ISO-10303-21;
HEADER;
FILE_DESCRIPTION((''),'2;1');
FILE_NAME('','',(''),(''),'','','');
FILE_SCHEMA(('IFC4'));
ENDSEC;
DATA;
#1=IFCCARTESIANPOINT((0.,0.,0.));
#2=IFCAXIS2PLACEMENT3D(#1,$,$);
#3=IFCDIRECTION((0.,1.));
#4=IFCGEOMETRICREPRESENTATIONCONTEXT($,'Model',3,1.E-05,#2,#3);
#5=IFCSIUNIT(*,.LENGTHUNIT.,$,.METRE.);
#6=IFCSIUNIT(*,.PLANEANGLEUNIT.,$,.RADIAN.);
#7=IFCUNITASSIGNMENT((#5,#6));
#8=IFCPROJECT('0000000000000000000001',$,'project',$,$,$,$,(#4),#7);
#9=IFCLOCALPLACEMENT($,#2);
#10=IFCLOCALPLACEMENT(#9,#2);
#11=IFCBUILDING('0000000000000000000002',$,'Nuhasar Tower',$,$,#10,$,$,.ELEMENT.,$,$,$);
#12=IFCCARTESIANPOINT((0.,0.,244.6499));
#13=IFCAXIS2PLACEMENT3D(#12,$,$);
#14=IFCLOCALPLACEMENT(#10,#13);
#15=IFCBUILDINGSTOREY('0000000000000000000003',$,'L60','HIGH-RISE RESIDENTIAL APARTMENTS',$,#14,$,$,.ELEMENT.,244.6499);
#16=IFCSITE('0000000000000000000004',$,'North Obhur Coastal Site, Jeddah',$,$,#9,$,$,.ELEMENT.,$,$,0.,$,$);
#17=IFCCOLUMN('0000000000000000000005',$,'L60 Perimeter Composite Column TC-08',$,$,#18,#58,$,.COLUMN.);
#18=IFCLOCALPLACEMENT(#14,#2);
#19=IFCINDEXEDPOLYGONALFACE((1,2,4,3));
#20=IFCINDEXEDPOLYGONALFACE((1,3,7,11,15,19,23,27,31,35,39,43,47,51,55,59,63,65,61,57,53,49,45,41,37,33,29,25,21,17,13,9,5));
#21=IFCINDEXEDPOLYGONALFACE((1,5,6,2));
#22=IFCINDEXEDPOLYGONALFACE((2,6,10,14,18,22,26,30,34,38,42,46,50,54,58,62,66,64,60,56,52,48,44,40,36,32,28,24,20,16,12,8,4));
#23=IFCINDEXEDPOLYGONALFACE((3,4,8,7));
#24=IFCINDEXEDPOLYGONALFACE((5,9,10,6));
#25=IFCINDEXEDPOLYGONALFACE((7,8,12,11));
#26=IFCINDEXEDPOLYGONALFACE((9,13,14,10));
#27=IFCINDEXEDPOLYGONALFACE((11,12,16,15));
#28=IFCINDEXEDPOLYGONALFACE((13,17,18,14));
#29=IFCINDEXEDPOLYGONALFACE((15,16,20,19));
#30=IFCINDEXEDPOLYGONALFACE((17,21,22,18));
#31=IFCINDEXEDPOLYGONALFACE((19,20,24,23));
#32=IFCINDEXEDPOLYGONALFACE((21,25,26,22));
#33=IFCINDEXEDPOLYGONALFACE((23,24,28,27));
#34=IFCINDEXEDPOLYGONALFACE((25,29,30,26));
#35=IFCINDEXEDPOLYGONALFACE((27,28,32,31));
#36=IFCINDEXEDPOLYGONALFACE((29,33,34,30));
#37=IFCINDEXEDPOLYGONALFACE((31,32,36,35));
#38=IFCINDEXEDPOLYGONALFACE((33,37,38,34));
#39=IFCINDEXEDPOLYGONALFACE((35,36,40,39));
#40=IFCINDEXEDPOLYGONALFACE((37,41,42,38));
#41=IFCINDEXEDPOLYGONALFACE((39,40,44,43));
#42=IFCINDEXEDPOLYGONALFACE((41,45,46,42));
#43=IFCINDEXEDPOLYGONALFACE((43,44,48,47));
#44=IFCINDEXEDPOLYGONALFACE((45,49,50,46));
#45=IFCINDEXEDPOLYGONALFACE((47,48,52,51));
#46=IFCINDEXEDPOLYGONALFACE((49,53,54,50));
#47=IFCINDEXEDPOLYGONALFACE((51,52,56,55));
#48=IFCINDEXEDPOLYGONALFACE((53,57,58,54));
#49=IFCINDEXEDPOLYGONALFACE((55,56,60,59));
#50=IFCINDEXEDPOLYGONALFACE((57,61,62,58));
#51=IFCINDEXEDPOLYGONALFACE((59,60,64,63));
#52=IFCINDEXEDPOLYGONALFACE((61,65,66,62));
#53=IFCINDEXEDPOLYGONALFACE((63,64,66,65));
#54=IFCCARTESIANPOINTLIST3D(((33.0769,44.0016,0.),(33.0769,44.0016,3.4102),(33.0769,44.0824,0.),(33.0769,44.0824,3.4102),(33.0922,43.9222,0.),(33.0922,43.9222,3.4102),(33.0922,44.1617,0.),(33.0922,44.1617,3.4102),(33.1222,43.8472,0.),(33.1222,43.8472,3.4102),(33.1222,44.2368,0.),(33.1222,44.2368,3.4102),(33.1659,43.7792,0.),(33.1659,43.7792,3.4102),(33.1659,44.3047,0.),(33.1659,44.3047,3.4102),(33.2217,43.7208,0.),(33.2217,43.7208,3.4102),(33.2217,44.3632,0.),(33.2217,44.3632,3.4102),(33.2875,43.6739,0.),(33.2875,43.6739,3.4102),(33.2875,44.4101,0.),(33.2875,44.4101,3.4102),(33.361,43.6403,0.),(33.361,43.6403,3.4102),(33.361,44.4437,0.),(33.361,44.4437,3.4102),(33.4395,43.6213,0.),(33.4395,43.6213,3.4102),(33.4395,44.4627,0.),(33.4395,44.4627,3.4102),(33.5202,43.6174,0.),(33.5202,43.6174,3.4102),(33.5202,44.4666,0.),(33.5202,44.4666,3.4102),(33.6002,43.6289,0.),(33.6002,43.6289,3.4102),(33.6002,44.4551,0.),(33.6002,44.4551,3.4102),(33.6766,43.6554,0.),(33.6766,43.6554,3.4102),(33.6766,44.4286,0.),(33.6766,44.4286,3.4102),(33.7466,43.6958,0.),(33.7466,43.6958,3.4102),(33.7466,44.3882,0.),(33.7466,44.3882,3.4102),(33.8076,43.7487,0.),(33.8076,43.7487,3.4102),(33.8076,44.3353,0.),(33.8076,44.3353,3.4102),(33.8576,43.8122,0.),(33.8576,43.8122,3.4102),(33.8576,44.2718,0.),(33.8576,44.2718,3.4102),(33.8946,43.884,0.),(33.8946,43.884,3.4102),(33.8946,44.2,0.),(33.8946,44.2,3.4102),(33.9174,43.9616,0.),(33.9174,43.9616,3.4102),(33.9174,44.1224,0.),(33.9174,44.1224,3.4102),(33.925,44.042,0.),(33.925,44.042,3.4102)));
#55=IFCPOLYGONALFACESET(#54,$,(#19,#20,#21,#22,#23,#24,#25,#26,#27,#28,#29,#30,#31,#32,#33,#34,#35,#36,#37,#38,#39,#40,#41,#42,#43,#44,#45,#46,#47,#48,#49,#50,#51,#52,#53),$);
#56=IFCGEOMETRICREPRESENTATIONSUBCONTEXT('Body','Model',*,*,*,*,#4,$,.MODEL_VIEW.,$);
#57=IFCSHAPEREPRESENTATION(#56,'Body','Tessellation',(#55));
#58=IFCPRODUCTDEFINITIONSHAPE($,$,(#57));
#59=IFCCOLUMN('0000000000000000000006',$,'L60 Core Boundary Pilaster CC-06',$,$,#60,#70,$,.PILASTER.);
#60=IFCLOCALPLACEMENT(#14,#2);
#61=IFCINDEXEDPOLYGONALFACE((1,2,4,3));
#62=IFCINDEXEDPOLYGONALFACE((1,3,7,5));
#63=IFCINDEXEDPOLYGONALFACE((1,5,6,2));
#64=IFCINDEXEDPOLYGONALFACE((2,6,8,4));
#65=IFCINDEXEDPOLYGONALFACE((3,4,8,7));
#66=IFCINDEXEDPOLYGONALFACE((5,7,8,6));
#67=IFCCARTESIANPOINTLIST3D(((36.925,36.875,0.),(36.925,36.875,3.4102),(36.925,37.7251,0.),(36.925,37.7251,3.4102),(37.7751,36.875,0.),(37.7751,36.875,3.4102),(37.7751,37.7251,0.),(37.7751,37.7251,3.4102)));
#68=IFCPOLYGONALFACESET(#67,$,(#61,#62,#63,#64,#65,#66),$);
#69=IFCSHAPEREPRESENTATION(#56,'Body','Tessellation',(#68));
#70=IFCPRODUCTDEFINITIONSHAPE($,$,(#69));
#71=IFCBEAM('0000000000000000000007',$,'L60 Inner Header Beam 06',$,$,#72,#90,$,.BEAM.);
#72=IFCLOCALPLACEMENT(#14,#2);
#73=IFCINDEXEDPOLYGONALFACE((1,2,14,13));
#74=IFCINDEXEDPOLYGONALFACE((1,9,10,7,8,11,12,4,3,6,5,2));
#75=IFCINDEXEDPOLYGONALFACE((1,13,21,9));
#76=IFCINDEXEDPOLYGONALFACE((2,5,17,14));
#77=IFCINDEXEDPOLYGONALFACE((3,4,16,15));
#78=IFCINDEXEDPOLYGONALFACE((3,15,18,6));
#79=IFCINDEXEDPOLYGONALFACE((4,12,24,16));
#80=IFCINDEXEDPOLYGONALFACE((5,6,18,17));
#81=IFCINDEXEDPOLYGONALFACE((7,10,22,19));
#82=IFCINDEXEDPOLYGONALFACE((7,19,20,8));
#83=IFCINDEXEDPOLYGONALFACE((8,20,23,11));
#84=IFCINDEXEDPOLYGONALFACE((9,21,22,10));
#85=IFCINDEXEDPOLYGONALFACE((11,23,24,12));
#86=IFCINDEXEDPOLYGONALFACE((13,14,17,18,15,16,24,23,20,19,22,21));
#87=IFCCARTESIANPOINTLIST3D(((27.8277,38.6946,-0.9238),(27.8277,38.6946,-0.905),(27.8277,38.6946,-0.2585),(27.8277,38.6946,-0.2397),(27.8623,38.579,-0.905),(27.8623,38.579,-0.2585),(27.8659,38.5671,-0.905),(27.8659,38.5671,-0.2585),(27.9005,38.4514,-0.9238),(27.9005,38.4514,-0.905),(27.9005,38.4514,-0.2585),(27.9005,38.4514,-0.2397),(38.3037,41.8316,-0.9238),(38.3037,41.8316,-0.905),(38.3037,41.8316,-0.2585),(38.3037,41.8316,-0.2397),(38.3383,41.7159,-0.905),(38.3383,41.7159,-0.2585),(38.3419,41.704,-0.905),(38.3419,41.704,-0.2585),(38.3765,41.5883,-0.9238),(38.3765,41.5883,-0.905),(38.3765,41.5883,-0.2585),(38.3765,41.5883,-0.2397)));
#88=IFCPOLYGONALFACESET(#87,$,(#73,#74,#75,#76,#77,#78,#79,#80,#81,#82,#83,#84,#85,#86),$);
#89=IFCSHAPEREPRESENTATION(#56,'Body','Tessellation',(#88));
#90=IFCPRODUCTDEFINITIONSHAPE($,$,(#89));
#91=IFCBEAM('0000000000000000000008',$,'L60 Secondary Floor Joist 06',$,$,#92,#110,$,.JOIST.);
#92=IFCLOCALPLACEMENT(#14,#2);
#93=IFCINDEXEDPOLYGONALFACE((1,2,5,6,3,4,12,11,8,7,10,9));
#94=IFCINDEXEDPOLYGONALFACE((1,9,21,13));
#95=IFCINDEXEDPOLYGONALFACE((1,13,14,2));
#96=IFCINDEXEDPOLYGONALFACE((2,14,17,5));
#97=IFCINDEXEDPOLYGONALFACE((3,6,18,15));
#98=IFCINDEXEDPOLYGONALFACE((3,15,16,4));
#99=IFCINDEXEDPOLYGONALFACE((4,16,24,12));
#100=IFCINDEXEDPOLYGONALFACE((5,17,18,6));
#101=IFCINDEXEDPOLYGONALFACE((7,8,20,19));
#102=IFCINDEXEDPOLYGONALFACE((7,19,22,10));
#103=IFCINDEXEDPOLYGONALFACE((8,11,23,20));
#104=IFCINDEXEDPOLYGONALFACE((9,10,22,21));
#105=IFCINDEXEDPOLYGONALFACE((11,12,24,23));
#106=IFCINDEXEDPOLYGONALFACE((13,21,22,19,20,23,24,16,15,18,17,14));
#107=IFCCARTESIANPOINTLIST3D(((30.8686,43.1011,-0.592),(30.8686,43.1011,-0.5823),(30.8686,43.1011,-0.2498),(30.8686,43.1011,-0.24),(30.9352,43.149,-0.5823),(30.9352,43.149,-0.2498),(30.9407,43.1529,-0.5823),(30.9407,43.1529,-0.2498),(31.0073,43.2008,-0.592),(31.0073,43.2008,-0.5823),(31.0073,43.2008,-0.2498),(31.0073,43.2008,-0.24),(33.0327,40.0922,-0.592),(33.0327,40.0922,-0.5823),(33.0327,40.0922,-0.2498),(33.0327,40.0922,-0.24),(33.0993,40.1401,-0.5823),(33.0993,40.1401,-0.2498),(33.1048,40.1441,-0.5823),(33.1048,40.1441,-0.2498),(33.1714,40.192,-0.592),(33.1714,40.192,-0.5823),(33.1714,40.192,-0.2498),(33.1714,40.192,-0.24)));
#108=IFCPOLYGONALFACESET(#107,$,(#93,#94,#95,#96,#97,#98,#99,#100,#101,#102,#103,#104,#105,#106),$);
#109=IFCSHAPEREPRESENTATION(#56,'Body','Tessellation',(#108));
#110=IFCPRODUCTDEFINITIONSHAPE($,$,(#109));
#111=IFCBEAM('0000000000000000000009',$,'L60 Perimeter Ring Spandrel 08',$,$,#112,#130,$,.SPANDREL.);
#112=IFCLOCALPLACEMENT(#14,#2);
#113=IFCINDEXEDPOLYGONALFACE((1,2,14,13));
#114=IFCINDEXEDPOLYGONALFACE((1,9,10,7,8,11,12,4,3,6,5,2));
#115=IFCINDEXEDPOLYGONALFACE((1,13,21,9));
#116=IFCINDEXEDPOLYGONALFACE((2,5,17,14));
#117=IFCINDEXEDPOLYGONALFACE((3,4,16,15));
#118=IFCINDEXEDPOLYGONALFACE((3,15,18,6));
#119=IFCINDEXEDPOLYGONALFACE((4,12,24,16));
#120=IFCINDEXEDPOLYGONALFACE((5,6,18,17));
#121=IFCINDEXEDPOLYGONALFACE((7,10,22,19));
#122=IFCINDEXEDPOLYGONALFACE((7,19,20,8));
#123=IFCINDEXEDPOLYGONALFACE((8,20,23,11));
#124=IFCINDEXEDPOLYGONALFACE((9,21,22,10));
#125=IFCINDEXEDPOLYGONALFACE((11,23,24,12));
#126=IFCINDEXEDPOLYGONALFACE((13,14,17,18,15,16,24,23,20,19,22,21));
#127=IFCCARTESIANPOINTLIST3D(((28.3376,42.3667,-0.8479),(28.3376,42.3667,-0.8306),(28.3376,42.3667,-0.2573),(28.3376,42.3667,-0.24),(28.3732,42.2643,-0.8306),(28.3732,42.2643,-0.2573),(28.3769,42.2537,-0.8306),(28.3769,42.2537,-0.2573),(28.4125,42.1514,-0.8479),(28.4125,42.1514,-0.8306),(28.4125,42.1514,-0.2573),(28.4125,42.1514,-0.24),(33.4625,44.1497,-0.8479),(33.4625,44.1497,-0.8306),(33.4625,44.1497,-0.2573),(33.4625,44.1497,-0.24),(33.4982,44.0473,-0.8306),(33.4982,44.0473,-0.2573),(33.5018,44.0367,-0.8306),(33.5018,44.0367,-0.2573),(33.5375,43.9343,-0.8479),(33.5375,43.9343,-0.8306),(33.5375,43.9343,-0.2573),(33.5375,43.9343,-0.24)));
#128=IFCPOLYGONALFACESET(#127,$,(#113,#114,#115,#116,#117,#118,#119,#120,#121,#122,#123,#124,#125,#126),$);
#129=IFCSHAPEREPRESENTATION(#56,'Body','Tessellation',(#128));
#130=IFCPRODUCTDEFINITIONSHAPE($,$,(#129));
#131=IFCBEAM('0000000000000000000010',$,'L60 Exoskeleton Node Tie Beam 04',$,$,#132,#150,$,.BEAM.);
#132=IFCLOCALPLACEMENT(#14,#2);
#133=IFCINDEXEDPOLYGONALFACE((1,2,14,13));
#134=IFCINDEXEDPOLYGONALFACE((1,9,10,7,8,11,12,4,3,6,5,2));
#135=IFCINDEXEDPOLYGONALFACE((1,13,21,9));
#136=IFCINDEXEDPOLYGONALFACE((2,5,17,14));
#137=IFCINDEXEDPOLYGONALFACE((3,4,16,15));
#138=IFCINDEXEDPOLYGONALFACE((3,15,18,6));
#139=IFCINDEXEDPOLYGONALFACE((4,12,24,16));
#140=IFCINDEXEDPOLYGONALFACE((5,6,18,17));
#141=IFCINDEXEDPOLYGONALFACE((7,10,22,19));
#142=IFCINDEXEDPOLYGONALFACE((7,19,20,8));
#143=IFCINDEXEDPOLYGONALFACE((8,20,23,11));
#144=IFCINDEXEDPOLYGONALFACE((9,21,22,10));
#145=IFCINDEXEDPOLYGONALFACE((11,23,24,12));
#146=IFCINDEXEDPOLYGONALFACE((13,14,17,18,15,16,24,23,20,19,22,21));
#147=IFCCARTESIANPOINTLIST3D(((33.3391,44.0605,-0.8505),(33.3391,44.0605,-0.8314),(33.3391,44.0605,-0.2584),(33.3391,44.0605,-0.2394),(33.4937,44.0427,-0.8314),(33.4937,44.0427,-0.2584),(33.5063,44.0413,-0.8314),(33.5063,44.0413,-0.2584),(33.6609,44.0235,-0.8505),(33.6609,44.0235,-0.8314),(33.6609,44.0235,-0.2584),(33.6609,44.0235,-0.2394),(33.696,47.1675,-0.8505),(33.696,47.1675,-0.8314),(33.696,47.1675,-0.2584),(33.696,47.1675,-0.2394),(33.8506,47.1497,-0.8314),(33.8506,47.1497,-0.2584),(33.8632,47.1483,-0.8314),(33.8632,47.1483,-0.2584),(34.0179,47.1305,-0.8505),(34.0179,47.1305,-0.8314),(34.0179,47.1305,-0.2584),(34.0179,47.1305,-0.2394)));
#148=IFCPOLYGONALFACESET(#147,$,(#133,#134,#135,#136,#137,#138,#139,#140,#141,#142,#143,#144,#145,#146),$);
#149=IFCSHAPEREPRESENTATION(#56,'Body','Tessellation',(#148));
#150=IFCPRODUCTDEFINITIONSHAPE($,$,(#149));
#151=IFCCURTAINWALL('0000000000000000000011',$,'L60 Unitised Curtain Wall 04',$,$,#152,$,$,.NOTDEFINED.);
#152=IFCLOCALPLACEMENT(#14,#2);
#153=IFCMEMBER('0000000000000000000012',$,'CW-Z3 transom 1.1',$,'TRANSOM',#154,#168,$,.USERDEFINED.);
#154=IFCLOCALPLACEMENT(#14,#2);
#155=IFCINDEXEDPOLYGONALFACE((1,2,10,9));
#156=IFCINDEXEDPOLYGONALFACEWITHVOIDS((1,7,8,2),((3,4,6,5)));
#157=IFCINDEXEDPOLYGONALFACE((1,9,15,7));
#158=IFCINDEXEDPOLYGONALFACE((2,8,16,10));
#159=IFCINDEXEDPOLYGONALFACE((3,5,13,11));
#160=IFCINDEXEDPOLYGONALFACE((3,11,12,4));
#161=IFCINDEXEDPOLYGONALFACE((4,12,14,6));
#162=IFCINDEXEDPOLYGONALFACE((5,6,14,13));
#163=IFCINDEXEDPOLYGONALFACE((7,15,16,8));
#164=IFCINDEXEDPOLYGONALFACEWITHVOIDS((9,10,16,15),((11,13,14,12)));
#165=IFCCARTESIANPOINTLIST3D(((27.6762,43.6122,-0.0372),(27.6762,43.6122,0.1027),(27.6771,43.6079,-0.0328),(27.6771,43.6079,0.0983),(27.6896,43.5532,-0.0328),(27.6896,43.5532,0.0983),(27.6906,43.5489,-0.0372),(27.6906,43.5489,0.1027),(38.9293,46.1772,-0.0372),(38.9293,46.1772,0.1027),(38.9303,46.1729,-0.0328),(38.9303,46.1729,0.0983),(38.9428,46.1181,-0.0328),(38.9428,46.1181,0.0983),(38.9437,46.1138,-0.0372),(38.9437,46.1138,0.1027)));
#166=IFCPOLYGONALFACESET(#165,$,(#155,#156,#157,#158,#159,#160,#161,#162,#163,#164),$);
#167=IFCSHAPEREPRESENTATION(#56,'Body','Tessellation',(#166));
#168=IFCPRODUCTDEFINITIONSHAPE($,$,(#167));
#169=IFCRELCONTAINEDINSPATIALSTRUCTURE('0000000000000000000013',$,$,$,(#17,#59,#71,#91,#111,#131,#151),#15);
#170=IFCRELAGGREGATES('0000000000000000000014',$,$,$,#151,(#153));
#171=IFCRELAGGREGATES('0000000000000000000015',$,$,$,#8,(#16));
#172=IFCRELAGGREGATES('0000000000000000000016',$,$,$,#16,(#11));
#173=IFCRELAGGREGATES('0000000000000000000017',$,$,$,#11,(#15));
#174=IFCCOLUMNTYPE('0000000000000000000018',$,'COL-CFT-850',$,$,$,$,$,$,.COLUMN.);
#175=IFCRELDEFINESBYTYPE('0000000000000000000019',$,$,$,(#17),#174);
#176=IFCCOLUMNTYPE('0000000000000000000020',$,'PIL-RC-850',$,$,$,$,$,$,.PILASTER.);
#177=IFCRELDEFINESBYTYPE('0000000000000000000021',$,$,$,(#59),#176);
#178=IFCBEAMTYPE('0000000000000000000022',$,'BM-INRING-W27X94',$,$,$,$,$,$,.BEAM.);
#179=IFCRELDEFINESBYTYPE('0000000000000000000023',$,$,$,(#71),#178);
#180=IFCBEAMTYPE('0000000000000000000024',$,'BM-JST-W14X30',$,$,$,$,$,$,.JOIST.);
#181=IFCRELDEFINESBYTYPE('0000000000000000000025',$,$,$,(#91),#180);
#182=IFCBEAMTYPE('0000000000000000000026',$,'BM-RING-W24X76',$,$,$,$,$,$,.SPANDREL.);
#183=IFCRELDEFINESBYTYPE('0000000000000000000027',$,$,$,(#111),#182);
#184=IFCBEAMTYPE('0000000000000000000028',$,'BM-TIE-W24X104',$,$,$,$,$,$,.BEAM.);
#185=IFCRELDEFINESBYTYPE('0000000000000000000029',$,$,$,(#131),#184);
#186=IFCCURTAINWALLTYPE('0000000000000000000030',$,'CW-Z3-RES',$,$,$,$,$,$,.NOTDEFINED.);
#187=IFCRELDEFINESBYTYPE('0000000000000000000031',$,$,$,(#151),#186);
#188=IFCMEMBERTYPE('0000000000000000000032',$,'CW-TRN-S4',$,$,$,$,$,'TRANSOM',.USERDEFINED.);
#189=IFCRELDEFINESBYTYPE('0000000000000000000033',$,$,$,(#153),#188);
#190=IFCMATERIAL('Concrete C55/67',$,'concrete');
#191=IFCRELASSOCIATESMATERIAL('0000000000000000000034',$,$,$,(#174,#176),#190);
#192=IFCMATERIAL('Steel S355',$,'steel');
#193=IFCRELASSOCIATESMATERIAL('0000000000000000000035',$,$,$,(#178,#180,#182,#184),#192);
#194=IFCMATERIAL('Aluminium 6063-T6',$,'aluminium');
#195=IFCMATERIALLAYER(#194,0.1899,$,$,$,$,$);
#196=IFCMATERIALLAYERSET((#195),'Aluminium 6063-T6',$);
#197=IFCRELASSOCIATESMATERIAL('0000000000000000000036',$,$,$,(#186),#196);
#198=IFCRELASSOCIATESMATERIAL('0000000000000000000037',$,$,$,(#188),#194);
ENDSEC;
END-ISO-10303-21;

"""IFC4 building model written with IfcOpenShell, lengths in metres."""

from ifc_helpers import new_model, si_unit, direction, frame, origin, origin_2d, place, context, subcontext, project, spatial, rectangle, hollow_rectangle, circle, i_section, extrude, material, layer, layer_set, material_profile, profile_set, type_object, element, aggregate, save


model = new_model("IFC4")

# Units and contexts
model_context = context("Model", 3, precision=1e-05, world=origin(), true_north=direction((0.0, 1.0)))
body_context = subcontext(model_context, "Body", "Model", "MODEL_VIEW")
ifc_project = project(units=[si_unit("LENGTHUNIT", "METRE"), si_unit("PLANEANGLEUNIT", "RADIAN")], contexts=[model_context])

# Site, building, storey
site_placement = place(None, origin())
site = spatial("IfcSite", under=ifc_project, at=site_placement, Name="North Obhur Coastal Site, Jeddah", CompositionType="ELEMENT", RefElevation=0.0)
building_placement = place(site_placement, origin())
building = spatial("IfcBuilding", under=site, at=building_placement, Name="Nuhasar Tower", CompositionType="ELEMENT")
storey_placement = place(building_placement, frame((0.0, 0.0, 244.6499)))
storey = spatial("IfcBuildingStorey", under=building, at=storey_placement, Name="L60", Description="HIGH-RISE RESIDENTIAL APARTMENTS", CompositionType="ELEMENT", Elevation=244.6499)

# Columns
ifc_material_1 = material(Name="Concrete C55/67", Category="concrete")
ifc_material_profile_1 = material_profile(ifc_material_1, circle(Radius=0.425, at=origin_2d()), Name="CFT850")
ifc_profile_set_1 = profile_set([ifc_material_profile_1], Name="Concrete C55/67")
column_type_1 = type_object("IfcColumnType", Name="COL-CFT-850", PredefinedType="COLUMN", material=ifc_profile_set_1)
column_1_placement = place(storey_placement, frame((33.5, 44.042, 0.0), z_axis=(0.0, 0.0, 1.0), x_axis=(1.0, 0.0, 0.0)))
element("IfcColumn", 1, at=column_1_placement, inside=storey, type_object=column_type_1, Name="L60 Perimeter Composite Column TC-08", PredefinedType="COLUMN", context=body_context, shape_type="SweptSolid", body=[
    extrude(circle(Radius=0.425, at=origin_2d()), origin(), (0.0, 0.0, 1.0), 3.4102),
])
ifc_material_profile_2 = material_profile(ifc_material_1, rectangle(XDim=0.8501, YDim=0.8501, at=origin_2d()), Name="RC850X850")
ifc_profile_set_2 = profile_set([ifc_material_profile_2], Name="Concrete C55/67")
column_type_2 = type_object("IfcColumnType", Name="PIL-RC-850", PredefinedType="PILASTER", material=ifc_profile_set_2)
column_2_placement = place(storey_placement, frame((37.3501, 37.3, 0.0), z_axis=(0.0, 0.0, 1.0), x_axis=(1.0, 0.0, 0.0)))
element("IfcColumn", 2, at=column_2_placement, inside=storey, type_object=column_type_2, Name="L60 Core Boundary Pilaster CC-06", PredefinedType="PILASTER", context=body_context, shape_type="SweptSolid", body=[
    extrude(rectangle(XDim=0.8501, YDim=0.8501, at=origin_2d()), origin(), (0.0, 0.0, 1.0), 3.4102),
])

# Beams
ifc_material_2 = material(Name="Steel S355", Category="steel")
ifc_material_profile_3 = material_profile(ifc_material_2, i_section(OverallWidth=0.2539, OverallDepth=0.6841, WebThickness=0.0125, FlangeThickness=0.0188, at=origin_2d()), Name="W27X94")
ifc_profile_set_3 = profile_set([ifc_material_profile_3], Name="Steel S355")
beam_type_1 = type_object("IfcBeamType", Name="BM-INRING-W27X94", PredefinedType="BEAM", material=ifc_profile_set_3)
beam_1_placement = place(storey_placement, frame((38.3401, 41.71, -0.5818), z_axis=(-0.957974, -0.286856, 0.0), x_axis=(0.286856, -0.957974, 0.0)))
element("IfcBeam", 3, at=beam_1_placement, inside=storey, type_object=beam_type_1, Name="L60 Inner Header Beam 06", PredefinedType="BEAM", context=body_context, shape_type="SweptSolid", body=[
    extrude(i_section(OverallWidth=0.2539, OverallDepth=0.6841, WebThickness=0.0125, FlangeThickness=0.0188, at=origin_2d()), origin(), (0.0, 0.0, 1.0), 10.9355),
])
ifc_material_profile_4 = material_profile(ifc_material_2, i_section(OverallWidth=0.1709, OverallDepth=0.3521, WebThickness=0.0068, FlangeThickness=0.0098, at=origin_2d()), Name="W14X30")
ifc_profile_set_4 = profile_set([ifc_material_profile_4], Name="Steel S355")
beam_type_2 = type_object("IfcBeamType", Name="BM-JST-W14X30", PredefinedType="JOIST", material=ifc_profile_set_4)
beam_2_placement = place(storey_placement, frame((33.1021, 40.1421, -0.416), z_axis=(-0.583902, 0.811824, 0.0), x_axis=(-0.811824, -0.583902, 0.0)))
element("IfcBeam", 4, at=beam_2_placement, inside=storey, type_object=beam_type_2, Name="L60 Secondary Floor Joist 06", PredefinedType="JOIST", context=body_context, shape_type="SweptSolid", body=[
    extrude(i_section(OverallWidth=0.1709, OverallDepth=0.3521, WebThickness=0.0068, FlangeThickness=0.0098, at=origin_2d()), origin(), (0.0, 0.0, 1.0), 3.7063),
])
ifc_material_profile_5 = material_profile(ifc_material_2, i_section(OverallWidth=0.228, OverallDepth=0.6079, WebThickness=0.0112, FlangeThickness=0.0173, at=origin_2d()), Name="W24X76")
ifc_profile_set_5 = profile_set([ifc_material_profile_5], Name="Steel S355")
beam_type_3 = type_object("IfcBeamType", Name="BM-RING-W24X76", PredefinedType="SPANDREL", material=ifc_profile_set_5)
beam_3_placement = place(storey_placement, frame((33.5, 44.042, -0.5439), z_axis=(-0.944477, -0.328578, 0.0), x_axis=(0.328578, -0.944477, 0.0)))
element("IfcBeam", 5, at=beam_3_placement, inside=storey, type_object=beam_type_3, Name="L60 Perimeter Ring Spandrel 08", PredefinedType="SPANDREL", context=body_context, shape_type="SweptSolid", body=[
    extrude(i_section(OverallWidth=0.228, OverallDepth=0.6079, WebThickness=0.0112, FlangeThickness=0.0173, at=origin_2d()), origin(), (0.0, 0.0, 1.0), 5.4263),
])
ifc_material_profile_6 = material_profile(ifc_material_2, i_section(OverallWidth=0.324, OverallDepth=0.6111, WebThickness=0.0127, FlangeThickness=0.019, at=origin_2d()), Name="W24X104")
ifc_profile_set_6 = profile_set([ifc_material_profile_6], Name="Steel S355")
beam_type_4 = type_object("IfcBeamType", Name="BM-TIE-W24X104", PredefinedType="BEAM", material=ifc_profile_set_6)
beam_4_placement = place(storey_placement, frame((33.5, 44.042, -0.5449), z_axis=(0.114132, 0.993466, 0.0), x_axis=(-0.993466, 0.114132, 0.0)))
element("IfcBeam", 6, at=beam_4_placement, inside=storey, type_object=beam_type_4, Name="L60 Exoskeleton Node Tie Beam 04", PredefinedType="BEAM", context=body_context, shape_type="SweptSolid", body=[
    extrude(i_section(OverallWidth=0.324, OverallDepth=0.6111, WebThickness=0.0127, FlangeThickness=0.019, at=origin_2d()), origin(), (0.0, 0.0, 1.0), 3.1274),
])

# Curtain wall, member
ifc_material_3 = material(Name="Aluminium 6063-T6", Category="aluminium")
ifc_layer_1 = layer(ifc_material_3, 0.1899)
ifc_layer_set_1 = layer_set([ifc_layer_1], Name="Aluminium 6063-T6")
curtain_wall_type = type_object("IfcCurtainWallType", Name="CW-Z3-RES", PredefinedType="NOTDEFINED", material=ifc_layer_set_1)
curtain_wall_placement = place(storey_placement, origin())
curtain_wall = element("IfcCurtainWall", 7, at=curtain_wall_placement, inside=storey, type_object=curtain_wall_type, Name="L60 Unitised Curtain Wall 04", PredefinedType="NOTDEFINED")
ifc_material_profile_7 = material_profile(ifc_material_3, hollow_rectangle(XDim=0.0649, YDim=0.1399, WallThickness=0.0044, at=origin_2d()), Name="CWT-4")
ifc_profile_set_7 = profile_set([ifc_material_profile_7], Name="Aluminium 6063-T6")
member_type_1 = type_object("IfcMemberType", Name="CW-TRN-S4", ElementType="TRANSOM", PredefinedType="USERDEFINED", material=ifc_profile_set_7)
member_1_placement = place(storey_placement, frame((38.9365, 46.1455, 0.0327), z_axis=(-0.974994, -0.222231, 0.0), x_axis=(0.222231, -0.974994, 0.0)))
member_1 = element("IfcMember", 8, at=member_1_placement, type_object=member_type_1, Name="CW-Z3 transom 1.1", ObjectType="TRANSOM", PredefinedType="USERDEFINED", context=body_context, shape_type="SweptSolid", body=[
    extrude(hollow_rectangle(XDim=0.0649, YDim=0.1399, WallThickness=0.0044, at=origin_2d()), origin(), (0.0, 0.0, 1.0), 11.5417),
])

aggregate(curtain_wall, [member_1])

save(model, "model.ifc")
